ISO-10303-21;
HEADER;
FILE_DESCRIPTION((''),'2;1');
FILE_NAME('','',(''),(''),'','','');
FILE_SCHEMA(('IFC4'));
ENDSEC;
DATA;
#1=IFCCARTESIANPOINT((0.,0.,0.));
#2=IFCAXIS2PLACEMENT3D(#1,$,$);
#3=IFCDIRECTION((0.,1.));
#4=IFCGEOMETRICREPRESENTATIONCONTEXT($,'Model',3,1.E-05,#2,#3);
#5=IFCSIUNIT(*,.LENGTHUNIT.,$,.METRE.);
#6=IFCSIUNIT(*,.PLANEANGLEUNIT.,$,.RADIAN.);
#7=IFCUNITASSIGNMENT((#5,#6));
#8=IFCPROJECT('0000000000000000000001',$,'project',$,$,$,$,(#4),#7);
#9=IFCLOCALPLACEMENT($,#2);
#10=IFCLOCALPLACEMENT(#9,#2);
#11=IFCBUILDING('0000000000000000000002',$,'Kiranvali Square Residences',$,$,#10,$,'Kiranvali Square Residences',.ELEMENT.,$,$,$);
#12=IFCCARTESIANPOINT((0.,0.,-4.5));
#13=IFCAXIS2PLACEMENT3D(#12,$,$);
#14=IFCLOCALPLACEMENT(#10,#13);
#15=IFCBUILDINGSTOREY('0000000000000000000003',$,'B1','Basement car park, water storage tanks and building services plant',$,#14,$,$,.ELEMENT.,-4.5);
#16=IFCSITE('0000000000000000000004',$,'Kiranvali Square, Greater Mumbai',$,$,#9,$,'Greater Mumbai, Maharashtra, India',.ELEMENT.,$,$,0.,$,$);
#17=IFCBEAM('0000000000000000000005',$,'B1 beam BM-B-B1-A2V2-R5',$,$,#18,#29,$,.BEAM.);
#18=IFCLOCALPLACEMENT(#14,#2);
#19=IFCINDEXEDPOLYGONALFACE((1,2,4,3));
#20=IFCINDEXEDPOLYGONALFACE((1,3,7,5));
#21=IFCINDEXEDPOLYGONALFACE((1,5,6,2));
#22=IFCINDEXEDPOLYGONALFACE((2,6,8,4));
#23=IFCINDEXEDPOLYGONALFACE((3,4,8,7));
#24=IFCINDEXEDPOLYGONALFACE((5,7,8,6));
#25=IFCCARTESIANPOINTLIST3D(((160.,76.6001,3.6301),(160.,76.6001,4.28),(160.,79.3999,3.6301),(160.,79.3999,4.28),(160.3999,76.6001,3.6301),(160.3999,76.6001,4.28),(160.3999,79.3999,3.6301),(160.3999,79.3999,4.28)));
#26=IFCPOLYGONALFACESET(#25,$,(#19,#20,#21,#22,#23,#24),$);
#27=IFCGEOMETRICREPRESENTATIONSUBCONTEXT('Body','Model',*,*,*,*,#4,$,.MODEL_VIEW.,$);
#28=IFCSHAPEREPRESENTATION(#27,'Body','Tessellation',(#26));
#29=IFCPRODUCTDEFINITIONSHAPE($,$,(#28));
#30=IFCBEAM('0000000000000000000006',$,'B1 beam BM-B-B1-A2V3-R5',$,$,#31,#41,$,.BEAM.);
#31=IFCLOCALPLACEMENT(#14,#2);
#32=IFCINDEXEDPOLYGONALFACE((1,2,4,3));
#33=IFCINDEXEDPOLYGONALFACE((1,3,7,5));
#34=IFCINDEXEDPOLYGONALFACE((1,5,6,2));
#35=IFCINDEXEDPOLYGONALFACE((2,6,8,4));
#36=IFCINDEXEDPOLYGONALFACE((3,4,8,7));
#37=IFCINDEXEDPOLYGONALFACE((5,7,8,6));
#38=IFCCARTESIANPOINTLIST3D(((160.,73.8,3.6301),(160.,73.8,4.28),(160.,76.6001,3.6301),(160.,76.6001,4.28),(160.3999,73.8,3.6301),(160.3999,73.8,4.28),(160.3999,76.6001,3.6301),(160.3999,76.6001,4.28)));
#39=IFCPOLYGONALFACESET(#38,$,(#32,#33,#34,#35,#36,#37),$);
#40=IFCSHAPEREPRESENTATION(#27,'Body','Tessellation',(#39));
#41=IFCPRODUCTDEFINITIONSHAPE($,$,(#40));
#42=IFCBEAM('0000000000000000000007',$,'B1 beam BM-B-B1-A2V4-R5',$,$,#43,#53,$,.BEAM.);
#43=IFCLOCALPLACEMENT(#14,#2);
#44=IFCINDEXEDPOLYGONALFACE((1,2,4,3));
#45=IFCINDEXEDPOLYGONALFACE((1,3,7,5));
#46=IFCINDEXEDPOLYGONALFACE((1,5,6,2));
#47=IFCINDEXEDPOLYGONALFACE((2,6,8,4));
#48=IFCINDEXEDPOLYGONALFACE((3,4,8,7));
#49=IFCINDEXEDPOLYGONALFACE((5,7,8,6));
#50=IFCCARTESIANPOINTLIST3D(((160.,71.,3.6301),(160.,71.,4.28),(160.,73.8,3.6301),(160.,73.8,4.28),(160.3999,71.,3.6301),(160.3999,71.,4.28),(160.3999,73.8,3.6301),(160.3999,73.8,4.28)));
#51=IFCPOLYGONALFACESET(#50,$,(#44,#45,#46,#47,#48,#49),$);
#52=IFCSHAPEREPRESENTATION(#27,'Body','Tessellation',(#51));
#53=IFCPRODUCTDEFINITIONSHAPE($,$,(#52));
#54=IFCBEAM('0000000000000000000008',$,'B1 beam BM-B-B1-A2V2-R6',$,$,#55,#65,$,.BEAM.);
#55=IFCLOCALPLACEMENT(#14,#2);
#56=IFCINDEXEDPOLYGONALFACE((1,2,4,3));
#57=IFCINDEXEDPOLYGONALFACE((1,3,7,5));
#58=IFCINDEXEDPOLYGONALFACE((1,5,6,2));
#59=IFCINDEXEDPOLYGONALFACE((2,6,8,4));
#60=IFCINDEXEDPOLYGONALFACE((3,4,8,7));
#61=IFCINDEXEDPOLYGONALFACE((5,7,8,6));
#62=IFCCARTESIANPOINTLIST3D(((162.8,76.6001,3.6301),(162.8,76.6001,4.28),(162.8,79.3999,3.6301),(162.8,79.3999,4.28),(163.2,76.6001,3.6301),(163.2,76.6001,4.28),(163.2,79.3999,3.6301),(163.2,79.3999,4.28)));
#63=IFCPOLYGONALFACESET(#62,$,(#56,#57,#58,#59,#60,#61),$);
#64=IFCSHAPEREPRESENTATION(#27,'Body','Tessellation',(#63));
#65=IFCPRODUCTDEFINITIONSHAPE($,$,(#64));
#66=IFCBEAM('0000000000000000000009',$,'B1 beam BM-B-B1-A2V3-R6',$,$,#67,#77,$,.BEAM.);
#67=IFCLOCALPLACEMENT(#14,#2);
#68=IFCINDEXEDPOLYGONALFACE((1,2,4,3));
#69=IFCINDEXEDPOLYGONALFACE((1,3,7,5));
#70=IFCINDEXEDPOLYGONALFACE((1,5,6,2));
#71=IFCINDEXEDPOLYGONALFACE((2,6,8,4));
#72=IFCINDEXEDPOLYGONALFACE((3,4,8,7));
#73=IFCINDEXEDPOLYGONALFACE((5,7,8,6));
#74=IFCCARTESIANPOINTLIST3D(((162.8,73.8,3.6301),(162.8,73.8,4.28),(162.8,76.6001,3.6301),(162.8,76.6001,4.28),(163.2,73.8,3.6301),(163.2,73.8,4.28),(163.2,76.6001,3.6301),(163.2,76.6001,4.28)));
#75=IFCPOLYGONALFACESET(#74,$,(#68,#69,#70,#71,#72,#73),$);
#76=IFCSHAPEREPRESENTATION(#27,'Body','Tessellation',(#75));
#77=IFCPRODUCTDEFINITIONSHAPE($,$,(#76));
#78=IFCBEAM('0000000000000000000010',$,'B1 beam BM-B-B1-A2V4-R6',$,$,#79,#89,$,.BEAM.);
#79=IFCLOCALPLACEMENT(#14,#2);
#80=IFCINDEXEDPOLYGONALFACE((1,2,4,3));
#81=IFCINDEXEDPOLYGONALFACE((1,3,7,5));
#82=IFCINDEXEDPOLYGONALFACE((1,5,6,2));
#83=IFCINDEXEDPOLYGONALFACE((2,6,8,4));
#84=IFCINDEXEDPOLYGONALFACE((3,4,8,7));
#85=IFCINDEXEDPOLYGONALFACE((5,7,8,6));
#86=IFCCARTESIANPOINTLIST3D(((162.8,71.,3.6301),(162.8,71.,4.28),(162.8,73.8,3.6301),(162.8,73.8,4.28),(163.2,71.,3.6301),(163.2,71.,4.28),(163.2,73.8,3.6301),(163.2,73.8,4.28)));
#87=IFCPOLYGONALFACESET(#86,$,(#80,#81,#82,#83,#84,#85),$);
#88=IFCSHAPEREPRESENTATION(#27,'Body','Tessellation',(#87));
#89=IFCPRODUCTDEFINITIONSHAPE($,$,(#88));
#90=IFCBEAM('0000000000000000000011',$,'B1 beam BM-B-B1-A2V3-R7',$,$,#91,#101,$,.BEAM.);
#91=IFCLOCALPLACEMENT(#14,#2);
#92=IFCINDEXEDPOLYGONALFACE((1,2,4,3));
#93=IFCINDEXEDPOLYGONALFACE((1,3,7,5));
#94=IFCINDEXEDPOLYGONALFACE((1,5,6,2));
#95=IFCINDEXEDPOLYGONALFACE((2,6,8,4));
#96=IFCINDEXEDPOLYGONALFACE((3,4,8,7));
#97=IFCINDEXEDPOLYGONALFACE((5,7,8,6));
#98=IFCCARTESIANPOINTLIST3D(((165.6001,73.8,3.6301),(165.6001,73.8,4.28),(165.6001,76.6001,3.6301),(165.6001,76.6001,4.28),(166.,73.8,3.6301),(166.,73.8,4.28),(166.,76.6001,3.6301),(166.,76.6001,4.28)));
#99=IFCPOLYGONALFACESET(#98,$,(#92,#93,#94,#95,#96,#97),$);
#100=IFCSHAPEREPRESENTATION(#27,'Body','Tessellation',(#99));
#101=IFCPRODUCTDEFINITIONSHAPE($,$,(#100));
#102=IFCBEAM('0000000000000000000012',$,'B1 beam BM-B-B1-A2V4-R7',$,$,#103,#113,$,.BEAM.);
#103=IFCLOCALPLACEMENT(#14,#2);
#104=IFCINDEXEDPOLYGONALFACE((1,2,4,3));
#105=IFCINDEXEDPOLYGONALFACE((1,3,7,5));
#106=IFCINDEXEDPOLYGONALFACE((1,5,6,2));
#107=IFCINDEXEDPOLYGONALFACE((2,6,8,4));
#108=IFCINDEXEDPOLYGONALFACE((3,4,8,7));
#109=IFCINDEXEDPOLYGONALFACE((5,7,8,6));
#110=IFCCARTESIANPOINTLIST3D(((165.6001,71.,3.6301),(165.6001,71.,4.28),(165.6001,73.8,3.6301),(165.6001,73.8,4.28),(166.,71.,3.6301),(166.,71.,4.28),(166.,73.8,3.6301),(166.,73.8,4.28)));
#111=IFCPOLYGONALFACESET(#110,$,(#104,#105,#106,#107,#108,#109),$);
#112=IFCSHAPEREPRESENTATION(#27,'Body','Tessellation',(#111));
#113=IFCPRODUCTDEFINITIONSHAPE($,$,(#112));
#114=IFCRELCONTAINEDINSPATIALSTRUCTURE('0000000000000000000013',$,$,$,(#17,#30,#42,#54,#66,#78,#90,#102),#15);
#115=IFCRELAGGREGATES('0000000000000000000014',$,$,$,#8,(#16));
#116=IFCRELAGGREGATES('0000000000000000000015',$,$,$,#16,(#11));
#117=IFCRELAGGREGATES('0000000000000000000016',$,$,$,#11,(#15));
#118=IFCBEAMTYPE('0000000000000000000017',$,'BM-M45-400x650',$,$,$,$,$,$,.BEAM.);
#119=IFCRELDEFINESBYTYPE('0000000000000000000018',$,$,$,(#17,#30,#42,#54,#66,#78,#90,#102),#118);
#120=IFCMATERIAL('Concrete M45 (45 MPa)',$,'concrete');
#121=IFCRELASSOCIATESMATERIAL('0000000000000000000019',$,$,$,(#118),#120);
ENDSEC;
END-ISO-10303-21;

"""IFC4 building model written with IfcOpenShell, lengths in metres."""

from ifc_helpers import new_model, si_unit, direction, frame, origin, origin_2d, place, context, subcontext, project, spatial, rectangle, extrude, material, material_profile, profile_set, type_object, element, save


model = new_model("IFC4")

# Units and contexts
model_context = context("Model", 3, precision=1e-05, world=origin(), true_north=direction((0.0, 1.0)))
body_context = subcontext(model_context, "Body", "Model", "MODEL_VIEW")
ifc_project = project(units=[si_unit("LENGTHUNIT", "METRE"), si_unit("PLANEANGLEUNIT", "RADIAN")], contexts=[model_context])

# Site, building, storey
site_placement = place(None, origin())
site = spatial("IfcSite", under=ifc_project, at=site_placement, Name="Kiranvali Square, Greater Mumbai", LongName="Greater Mumbai, Maharashtra, India", CompositionType="ELEMENT", RefElevation=0.0)
building_placement = place(site_placement, origin())
building = spatial("IfcBuilding", under=site, at=building_placement, Name="Kiranvali Square Residences", LongName="Kiranvali Square Residences", CompositionType="ELEMENT")
storey_placement = place(building_placement, frame((0.0, 0.0, -4.5)))
storey = spatial("IfcBuildingStorey", under=building, at=storey_placement, Name="B1", Description="Basement car park, water storage tanks and building services plant", CompositionType="ELEMENT", Elevation=-4.5)

# Beams
ifc_material_1 = material(Name="Concrete M45 (45 MPa)", Category="concrete")
ifc_material_profile_1 = material_profile(ifc_material_1, rectangle(XDim=0.3999, YDim=0.6499, at=origin_2d()), Name="RC 400x650")
ifc_profile_set_1 = profile_set([ifc_material_profile_1], Name="Concrete M45 (45 MPa)")
beam_type_1 = type_object("IfcBeamType", Name="BM-M45-400x650", PredefinedType="BEAM", material=ifc_profile_set_1)
for number, where, z_axis, x_axis, name in (
    (1, (160.2, 79.3999, 3.9551), (0.0, -1.0, 0.0), (1.0, 0.0, 0.0), "B1 beam BM-B-B1-A2V2-R5"),
):
    element("IfcBeam", number, at=place(storey_placement, frame(where, z_axis=z_axis, x_axis=x_axis)), inside=storey, type_object=beam_type_1, Name=name, PredefinedType="BEAM", context=body_context, shape_type="SweptSolid", body=[
        extrude(rectangle(XDim=0.3999, YDim=0.6499, at=origin_2d()), origin(), (0.0, 0.0, 1.0), 2.7998),
    ])
for number, where, z_axis, x_axis, name in (
    (2, (160.2, 76.6001, 3.9551), (0.0, -1.0, 0.0), (1.0, 0.0, 0.0), "B1 beam BM-B-B1-A2V3-R5"),
    (3, (160.2, 73.8, 3.9551), (0.0, -1.0, 0.0), (1.0, 0.0, 0.0), "B1 beam BM-B-B1-A2V4-R5"),
):
    element("IfcBeam", number, at=place(storey_placement, frame(where, z_axis=z_axis, x_axis=x_axis)), inside=storey, type_object=beam_type_1, Name=name, PredefinedType="BEAM", context=body_context, shape_type="SweptSolid", body=[
        extrude(rectangle(XDim=0.3999, YDim=0.6499, at=origin_2d()), origin(), (0.0, 0.0, 1.0), 2.8),
    ])
beam_placement = place(storey_placement, frame((163.0, 79.3999, 3.9551), z_axis=(0.0, -1.0, 0.0), x_axis=(1.0, 0.0, 0.0)))
element("IfcBeam", 4, at=beam_placement, inside=storey, type_object=beam_type_1, Name="B1 beam BM-B-B1-A2V2-R6", PredefinedType="BEAM", context=body_context, shape_type="SweptSolid", body=[
    extrude(rectangle(XDim=0.3999, YDim=0.6499, at=origin_2d()), origin(), (0.0, 0.0, 1.0), 2.7998),
])
for number, where, z_axis, x_axis, name in (
    (5, (163.0, 76.6001, 3.9551), (0.0, -1.0, 0.0), (1.0, 0.0, 0.0), "B1 beam BM-B-B1-A2V3-R6"),
    (6, (163.0, 73.8, 3.9551), (0.0, -1.0, 0.0), (1.0, 0.0, 0.0), "B1 beam BM-B-B1-A2V4-R6"),
    (7, (165.8, 76.6001, 3.9551), (0.0, -1.0, 0.0), (1.0, 0.0, 0.0), "B1 beam BM-B-B1-A2V3-R7"),
    (8, (165.8, 73.8, 3.9551), (0.0, -1.0, 0.0), (1.0, 0.0, 0.0), "B1 beam BM-B-B1-A2V4-R7"),
):
    element("IfcBeam", number, at=place(storey_placement, frame(where, z_axis=z_axis, x_axis=x_axis)), inside=storey, type_object=beam_type_1, Name=name, PredefinedType="BEAM", context=body_context, shape_type="SweptSolid", body=[
        extrude(rectangle(XDim=0.3999, YDim=0.6499, at=origin_2d()), origin(), (0.0, 0.0, 1.0), 2.8),
    ])

save(model, "model.ifc")
